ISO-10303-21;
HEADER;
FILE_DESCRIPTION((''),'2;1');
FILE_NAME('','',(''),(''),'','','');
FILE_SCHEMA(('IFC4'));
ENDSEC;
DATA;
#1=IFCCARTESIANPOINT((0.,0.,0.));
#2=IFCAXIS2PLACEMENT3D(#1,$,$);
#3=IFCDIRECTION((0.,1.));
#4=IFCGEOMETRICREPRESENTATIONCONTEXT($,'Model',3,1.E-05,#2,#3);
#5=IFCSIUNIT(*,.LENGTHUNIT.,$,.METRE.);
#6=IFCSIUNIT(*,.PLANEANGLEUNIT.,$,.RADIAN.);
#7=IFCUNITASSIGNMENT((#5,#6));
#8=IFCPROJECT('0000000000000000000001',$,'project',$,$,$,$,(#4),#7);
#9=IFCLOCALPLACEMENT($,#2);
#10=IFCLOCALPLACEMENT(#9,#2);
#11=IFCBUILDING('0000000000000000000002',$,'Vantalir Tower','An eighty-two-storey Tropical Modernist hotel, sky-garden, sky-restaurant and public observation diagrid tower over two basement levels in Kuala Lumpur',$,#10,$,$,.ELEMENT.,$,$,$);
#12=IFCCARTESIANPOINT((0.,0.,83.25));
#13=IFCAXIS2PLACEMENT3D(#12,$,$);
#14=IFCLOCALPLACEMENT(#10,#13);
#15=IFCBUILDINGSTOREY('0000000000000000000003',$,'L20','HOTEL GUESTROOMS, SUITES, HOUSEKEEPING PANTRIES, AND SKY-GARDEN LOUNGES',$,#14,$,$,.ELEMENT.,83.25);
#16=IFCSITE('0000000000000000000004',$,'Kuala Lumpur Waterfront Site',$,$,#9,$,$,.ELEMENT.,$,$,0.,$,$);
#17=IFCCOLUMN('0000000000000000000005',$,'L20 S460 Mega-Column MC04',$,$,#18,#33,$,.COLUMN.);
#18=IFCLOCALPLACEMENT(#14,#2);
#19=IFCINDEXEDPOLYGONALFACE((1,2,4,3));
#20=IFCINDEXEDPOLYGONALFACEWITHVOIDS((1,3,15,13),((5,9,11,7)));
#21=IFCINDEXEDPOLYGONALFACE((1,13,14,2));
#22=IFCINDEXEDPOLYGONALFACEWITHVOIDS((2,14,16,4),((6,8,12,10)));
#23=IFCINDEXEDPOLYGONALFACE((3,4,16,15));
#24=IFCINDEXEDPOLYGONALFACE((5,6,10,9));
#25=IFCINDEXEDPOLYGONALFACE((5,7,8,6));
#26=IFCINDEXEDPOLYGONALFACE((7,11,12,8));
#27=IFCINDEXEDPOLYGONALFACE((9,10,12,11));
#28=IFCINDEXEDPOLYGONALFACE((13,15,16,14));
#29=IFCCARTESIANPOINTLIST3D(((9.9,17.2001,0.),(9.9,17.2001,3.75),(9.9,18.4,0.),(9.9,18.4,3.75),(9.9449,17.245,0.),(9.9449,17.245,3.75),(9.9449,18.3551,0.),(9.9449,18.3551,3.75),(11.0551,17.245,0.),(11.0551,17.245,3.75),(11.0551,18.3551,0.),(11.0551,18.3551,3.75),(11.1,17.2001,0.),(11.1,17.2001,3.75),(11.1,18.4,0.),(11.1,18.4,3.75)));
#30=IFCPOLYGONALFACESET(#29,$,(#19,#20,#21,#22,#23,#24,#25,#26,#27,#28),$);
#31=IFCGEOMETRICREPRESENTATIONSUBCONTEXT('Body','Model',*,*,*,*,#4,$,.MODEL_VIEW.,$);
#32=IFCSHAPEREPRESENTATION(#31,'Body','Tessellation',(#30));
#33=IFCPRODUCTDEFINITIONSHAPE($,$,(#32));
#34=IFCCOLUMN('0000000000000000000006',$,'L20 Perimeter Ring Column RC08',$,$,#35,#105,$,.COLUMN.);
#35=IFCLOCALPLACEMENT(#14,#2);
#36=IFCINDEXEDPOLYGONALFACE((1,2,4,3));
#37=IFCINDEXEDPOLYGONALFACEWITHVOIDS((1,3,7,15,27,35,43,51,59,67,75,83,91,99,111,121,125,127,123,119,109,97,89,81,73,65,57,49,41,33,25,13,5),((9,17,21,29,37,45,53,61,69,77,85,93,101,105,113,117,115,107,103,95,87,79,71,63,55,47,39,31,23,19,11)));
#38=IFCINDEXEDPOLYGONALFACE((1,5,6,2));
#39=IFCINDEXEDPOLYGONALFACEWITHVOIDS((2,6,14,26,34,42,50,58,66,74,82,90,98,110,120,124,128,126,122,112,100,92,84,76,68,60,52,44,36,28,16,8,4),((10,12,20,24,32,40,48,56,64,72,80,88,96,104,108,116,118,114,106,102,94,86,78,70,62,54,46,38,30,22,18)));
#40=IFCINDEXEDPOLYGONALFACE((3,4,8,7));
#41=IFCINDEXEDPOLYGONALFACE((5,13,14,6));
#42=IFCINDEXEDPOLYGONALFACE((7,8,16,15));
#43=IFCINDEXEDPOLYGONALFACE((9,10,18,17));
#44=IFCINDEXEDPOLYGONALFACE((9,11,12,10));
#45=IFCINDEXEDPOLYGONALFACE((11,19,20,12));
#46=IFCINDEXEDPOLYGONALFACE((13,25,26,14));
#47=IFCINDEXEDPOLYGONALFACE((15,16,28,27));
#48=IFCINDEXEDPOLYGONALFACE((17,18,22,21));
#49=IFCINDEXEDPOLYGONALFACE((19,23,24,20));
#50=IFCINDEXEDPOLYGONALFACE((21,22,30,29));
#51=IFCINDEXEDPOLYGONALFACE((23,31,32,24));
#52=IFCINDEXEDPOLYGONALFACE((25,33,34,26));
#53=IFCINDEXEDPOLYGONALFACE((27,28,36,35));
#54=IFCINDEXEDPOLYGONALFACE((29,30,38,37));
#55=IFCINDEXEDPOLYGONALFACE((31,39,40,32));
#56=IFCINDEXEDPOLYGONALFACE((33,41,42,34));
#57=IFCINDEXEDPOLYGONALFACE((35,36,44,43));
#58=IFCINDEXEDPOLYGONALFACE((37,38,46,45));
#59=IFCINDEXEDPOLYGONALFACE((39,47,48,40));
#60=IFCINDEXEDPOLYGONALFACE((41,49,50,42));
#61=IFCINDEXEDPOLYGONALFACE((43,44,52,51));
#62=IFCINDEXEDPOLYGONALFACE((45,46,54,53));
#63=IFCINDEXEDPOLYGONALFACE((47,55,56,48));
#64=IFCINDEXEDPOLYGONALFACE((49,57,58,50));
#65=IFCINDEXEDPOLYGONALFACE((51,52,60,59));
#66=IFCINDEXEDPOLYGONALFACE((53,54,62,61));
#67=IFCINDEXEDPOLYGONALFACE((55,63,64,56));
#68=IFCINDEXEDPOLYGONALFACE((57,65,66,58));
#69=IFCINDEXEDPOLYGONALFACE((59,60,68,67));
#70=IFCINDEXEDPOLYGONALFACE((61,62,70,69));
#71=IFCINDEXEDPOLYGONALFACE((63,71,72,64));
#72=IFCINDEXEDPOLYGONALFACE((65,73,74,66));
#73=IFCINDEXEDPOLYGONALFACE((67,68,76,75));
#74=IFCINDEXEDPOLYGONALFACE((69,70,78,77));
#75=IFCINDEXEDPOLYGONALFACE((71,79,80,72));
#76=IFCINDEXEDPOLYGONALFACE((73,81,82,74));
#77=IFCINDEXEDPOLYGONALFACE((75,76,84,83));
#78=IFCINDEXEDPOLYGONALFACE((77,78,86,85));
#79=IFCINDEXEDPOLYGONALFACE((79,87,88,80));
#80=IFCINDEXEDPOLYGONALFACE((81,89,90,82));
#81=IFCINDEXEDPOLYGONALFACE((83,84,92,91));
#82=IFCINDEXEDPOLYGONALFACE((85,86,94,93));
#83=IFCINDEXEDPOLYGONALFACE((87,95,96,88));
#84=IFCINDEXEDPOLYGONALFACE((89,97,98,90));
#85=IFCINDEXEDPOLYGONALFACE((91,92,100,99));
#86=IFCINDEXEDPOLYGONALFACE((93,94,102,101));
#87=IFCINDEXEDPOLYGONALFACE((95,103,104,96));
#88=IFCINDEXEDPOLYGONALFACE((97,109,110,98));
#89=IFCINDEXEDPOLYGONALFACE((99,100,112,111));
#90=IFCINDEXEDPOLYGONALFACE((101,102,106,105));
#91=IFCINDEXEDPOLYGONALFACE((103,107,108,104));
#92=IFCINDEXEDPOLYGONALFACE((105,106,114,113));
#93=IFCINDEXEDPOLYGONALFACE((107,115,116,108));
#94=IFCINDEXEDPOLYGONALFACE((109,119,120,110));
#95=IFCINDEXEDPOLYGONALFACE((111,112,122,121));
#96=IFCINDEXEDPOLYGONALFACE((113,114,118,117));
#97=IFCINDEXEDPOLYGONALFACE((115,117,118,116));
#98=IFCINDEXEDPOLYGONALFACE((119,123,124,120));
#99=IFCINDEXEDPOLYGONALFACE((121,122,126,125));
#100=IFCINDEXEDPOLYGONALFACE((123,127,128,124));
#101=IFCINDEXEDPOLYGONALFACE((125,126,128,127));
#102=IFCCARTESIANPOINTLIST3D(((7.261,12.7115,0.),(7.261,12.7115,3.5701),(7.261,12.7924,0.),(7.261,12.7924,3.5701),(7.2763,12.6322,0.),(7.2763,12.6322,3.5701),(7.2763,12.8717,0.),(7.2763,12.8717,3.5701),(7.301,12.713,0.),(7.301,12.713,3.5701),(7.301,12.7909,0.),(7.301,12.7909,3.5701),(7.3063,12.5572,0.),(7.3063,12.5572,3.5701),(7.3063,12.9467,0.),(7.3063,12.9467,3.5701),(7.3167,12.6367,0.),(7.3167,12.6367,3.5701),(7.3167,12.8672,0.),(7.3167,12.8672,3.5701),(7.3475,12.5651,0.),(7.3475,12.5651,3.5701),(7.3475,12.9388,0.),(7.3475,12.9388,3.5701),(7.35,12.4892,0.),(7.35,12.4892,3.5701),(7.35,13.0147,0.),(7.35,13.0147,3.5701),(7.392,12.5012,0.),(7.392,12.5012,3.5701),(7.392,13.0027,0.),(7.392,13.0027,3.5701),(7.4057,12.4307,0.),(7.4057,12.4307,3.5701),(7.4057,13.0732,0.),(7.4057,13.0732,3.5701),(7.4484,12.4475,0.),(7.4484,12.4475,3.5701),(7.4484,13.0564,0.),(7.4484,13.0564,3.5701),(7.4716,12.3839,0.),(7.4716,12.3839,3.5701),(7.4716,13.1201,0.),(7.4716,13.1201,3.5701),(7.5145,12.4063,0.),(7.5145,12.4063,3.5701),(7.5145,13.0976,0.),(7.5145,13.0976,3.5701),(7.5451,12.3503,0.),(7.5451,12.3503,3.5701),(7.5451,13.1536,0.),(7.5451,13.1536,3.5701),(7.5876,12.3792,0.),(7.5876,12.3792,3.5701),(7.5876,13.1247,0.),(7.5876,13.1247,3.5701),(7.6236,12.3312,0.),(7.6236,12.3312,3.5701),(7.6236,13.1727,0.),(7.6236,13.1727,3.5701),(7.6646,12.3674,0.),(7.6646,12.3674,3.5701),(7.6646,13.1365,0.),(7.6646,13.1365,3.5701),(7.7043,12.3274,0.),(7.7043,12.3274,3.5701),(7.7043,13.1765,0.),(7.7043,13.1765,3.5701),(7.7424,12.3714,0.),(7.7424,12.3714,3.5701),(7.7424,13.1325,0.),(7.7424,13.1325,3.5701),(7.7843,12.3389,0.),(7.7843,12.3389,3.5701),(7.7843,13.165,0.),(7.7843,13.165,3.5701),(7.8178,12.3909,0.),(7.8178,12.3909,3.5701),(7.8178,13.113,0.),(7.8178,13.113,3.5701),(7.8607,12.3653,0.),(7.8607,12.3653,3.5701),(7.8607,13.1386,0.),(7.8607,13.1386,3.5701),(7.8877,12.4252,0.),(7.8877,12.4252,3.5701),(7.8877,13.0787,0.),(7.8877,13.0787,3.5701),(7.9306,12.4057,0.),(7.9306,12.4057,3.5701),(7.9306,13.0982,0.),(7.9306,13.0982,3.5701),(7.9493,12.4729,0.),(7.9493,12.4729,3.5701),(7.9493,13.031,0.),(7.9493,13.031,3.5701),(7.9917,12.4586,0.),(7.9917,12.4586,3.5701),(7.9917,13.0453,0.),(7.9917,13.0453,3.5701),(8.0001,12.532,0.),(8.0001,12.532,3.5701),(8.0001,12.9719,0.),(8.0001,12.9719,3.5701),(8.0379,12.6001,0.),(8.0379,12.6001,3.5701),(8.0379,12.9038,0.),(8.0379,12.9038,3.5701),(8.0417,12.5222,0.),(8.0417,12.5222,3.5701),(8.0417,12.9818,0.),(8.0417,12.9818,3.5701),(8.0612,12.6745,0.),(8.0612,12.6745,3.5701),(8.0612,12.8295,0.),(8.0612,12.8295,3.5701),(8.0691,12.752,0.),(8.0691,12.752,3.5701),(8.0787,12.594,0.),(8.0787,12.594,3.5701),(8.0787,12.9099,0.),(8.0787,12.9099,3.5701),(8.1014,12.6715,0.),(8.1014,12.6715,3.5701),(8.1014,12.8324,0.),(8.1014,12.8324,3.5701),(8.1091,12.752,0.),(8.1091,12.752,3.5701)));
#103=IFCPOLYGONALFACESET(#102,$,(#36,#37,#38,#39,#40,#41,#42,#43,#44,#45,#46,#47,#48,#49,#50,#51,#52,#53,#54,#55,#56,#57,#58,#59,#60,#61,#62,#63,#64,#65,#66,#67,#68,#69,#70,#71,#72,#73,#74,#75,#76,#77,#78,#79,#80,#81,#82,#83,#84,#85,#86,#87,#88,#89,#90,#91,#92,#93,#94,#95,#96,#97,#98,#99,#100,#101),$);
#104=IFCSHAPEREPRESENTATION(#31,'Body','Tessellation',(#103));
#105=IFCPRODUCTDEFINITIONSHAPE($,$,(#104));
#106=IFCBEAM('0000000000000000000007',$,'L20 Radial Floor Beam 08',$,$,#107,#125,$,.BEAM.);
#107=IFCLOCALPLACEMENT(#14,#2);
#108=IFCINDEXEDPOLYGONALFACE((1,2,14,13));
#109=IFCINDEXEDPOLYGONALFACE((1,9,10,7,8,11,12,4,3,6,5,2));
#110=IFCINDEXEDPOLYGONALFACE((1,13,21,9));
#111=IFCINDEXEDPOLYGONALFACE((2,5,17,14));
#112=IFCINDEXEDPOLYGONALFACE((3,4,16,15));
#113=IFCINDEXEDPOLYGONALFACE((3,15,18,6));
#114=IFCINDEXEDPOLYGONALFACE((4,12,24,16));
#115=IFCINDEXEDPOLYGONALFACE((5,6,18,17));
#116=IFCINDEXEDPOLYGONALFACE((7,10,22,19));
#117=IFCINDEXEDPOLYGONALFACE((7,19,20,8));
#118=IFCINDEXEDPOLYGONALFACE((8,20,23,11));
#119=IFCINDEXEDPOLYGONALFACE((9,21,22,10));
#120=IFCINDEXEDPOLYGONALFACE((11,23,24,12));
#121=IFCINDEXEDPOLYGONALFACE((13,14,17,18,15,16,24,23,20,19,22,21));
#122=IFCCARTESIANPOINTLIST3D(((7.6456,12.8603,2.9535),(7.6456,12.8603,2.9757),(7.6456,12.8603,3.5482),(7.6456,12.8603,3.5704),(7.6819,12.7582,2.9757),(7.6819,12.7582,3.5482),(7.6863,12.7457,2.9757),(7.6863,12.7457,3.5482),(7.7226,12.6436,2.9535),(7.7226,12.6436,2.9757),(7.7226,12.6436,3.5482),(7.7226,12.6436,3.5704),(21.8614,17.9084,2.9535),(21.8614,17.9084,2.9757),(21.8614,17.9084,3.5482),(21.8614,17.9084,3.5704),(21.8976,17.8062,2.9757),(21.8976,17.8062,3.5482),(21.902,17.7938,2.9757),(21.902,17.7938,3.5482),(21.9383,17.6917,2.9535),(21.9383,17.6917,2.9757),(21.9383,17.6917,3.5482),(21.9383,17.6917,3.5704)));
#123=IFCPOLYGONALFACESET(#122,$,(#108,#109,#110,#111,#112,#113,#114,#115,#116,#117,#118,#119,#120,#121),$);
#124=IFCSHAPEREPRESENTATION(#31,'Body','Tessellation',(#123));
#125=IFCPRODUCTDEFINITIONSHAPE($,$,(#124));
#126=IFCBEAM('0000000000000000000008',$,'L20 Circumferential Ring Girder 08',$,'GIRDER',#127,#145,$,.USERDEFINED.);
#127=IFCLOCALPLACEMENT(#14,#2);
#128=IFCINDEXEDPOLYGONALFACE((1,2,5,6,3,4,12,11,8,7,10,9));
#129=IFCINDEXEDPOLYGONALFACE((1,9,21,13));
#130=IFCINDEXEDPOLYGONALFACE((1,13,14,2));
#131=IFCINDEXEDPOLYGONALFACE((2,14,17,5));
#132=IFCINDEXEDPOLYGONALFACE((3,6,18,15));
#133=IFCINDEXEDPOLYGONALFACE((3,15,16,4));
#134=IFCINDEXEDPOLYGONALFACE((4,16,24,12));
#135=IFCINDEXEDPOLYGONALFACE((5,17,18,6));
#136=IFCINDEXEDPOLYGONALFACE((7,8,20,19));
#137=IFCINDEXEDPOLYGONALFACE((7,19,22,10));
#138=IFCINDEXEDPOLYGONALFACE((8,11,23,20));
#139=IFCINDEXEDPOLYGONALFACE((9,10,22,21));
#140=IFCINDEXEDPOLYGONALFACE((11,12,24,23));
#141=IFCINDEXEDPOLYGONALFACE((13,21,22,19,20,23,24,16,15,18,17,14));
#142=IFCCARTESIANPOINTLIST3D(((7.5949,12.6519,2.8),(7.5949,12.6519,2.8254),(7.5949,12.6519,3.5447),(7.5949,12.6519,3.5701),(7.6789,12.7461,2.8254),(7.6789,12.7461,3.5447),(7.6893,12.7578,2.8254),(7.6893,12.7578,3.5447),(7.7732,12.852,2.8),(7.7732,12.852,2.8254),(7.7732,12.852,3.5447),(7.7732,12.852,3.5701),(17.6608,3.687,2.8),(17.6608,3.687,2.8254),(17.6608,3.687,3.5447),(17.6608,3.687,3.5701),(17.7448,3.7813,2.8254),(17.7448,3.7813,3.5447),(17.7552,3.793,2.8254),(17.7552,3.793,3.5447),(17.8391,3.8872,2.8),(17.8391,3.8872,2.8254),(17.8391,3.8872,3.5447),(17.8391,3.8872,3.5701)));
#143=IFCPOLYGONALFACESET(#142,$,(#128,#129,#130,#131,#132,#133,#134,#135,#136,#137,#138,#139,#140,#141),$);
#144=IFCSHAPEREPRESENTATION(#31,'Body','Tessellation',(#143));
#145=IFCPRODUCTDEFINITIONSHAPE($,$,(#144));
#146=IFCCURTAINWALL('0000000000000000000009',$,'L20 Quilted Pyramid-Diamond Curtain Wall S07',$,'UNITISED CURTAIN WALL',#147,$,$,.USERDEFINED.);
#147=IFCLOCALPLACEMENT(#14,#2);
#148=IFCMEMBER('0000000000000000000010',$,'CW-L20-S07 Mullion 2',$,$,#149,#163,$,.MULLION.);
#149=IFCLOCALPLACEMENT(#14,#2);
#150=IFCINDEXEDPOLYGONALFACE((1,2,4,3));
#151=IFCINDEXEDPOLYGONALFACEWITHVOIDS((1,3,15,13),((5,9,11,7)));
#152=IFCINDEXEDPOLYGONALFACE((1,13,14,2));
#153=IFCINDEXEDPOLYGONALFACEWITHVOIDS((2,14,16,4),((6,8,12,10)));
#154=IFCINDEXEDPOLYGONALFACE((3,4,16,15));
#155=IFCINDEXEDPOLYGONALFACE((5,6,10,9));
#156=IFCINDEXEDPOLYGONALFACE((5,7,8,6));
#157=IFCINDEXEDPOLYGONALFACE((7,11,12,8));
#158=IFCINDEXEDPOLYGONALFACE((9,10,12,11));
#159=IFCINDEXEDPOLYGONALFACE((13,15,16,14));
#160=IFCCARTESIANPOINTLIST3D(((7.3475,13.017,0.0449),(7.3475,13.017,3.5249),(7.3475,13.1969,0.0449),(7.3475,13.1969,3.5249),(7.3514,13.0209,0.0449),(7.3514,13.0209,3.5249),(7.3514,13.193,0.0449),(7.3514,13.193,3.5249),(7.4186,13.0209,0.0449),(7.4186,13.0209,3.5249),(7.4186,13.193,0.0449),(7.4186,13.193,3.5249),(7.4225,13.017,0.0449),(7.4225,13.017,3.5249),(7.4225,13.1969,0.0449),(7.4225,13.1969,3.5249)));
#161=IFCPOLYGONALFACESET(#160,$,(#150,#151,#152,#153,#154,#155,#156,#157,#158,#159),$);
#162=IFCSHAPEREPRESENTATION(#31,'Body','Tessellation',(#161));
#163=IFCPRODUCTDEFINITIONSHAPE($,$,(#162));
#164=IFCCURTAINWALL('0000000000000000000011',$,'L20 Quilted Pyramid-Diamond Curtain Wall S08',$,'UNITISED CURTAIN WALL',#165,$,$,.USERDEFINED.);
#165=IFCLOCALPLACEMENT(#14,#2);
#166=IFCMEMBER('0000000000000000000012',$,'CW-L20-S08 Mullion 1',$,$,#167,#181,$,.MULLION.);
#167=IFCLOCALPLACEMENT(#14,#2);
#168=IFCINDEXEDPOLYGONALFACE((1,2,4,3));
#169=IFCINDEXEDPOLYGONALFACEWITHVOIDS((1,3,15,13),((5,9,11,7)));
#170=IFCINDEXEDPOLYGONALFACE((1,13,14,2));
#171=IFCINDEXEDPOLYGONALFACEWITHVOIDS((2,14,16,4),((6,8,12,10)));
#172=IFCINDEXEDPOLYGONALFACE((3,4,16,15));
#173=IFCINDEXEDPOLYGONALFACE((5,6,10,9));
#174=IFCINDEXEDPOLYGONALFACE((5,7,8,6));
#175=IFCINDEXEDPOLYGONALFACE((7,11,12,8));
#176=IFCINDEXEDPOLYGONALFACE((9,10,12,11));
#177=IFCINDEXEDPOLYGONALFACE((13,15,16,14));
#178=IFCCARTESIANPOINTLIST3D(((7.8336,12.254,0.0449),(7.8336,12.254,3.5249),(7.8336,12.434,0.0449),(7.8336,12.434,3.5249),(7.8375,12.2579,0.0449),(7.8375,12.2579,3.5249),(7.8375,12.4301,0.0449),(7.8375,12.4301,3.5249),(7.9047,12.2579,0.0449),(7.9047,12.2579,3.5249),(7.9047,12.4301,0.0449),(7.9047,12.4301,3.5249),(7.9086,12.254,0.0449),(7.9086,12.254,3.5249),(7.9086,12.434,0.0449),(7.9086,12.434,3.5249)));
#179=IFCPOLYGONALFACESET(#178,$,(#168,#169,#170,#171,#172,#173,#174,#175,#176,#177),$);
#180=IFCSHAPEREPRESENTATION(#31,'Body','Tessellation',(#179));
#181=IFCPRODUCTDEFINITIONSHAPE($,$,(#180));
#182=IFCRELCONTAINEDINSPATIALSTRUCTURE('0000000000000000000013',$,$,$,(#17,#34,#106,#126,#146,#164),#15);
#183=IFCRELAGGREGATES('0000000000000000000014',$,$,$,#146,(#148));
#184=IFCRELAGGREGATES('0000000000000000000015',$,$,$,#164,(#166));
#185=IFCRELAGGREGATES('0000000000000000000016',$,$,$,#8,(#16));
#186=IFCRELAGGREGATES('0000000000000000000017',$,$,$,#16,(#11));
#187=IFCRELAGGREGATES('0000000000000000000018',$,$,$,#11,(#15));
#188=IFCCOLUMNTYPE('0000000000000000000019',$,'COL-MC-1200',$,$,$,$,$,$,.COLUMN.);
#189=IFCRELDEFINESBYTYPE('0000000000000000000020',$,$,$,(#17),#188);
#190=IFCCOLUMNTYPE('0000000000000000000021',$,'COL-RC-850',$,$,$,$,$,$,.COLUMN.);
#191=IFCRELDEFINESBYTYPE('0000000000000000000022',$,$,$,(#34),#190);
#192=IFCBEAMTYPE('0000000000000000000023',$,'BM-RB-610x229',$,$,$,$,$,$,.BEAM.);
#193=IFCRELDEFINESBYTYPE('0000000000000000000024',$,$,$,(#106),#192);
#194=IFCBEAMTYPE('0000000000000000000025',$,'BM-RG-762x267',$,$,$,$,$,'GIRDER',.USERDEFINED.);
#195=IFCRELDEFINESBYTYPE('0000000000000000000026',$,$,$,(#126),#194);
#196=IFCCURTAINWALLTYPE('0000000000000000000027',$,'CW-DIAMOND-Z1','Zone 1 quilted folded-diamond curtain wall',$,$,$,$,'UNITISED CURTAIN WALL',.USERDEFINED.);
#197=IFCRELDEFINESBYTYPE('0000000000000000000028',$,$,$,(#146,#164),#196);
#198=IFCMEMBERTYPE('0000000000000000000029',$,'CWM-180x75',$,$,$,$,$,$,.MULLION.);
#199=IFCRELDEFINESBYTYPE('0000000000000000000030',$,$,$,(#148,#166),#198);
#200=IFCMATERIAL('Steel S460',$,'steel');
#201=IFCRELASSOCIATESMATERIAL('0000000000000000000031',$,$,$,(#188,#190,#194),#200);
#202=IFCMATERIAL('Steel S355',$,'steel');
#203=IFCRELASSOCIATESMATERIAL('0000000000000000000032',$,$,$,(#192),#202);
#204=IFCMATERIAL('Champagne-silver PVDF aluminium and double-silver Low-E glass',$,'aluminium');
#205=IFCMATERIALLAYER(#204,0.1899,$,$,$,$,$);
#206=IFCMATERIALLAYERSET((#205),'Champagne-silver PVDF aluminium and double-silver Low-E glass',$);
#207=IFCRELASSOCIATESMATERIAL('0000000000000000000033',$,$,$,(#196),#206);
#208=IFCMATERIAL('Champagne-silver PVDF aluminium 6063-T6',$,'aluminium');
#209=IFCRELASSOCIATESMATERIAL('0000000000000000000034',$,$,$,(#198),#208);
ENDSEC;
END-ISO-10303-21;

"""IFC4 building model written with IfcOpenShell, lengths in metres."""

from ifc_helpers import new_model, si_unit, direction, frame, origin, origin_2d, place, context, subcontext, project, spatial, hollow_rectangle, hollow_circle, i_section, extrude, material, layer, layer_set, material_profile, profile_set, type_object, element, aggregate, save


model = new_model("IFC4")

# Units and contexts
model_context = context("Model", 3, precision=1e-05, world=origin(), true_north=direction((0.0, 1.0)))
body_context = subcontext(model_context, "Body", "Model", "MODEL_VIEW")
ifc_project = project(units=[si_unit("LENGTHUNIT", "METRE"), si_unit("PLANEANGLEUNIT", "RADIAN")], contexts=[model_context])

# Site, building, storey
site_placement = place(None, origin())
site = spatial("IfcSite", under=ifc_project, at=site_placement, Name="Kuala Lumpur Waterfront Site", CompositionType="ELEMENT", RefElevation=0.0)
building_placement = place(site_placement, origin())
building = spatial("IfcBuilding", under=site, at=building_placement, Name="Vantalir Tower", Description="An eighty-two-storey Tropical Modernist hotel, sky-garden, sky-restaurant and public observation diagrid tower over two basement levels in Kuala Lumpur", CompositionType="ELEMENT")
storey_placement = place(building_placement, frame((0.0, 0.0, 83.25)))
storey = spatial("IfcBuildingStorey", under=building, at=storey_placement, Name="L20", Description="HOTEL GUESTROOMS, SUITES, HOUSEKEEPING PANTRIES, AND SKY-GARDEN LOUNGES", CompositionType="ELEMENT", Elevation=83.25)

# Columns
ifc_material_1 = material(Name="Steel S460", Category="steel")
ifc_material_profile_1 = material_profile(ifc_material_1, hollow_rectangle(XDim=1.2, YDim=1.2, WallThickness=0.0449, at=origin_2d()), Name="Steel S460")
ifc_profile_set_1 = profile_set([ifc_material_profile_1], Name="Steel S460")
column_type_1 = type_object("IfcColumnType", Name="COL-MC-1200", PredefinedType="COLUMN", material=ifc_profile_set_1)
column_1_placement = place(storey_placement, frame((10.5, 17.8, 0.0), z_axis=(0.0, 0.0, 1.0), x_axis=(1.0, 0.0, 0.0)))
element("IfcColumn", 1, at=column_1_placement, inside=storey, type_object=column_type_1, Name="L20 S460 Mega-Column MC04", PredefinedType="COLUMN", context=body_context, shape_type="SweptSolid", body=[
    extrude(hollow_rectangle(XDim=1.2, YDim=1.2, WallThickness=0.0449, at=origin_2d()), origin(), (0.0, 0.0, 1.0), 3.75),
])
ifc_material_profile_2 = material_profile(ifc_material_1, hollow_circle(Radius=0.425, WallThickness=0.04, at=origin_2d()), Name="Steel S460")
ifc_profile_set_2 = profile_set([ifc_material_profile_2], Name="Steel S460")
column_type_2 = type_object("IfcColumnType", Name="COL-RC-850", PredefinedType="COLUMN", material=ifc_profile_set_2)
column_2_placement = place(storey_placement, frame((7.6841, 12.752, 0.0), z_axis=(0.0, 0.0, 1.0), x_axis=(1.0, 0.0, 0.0)))
element("IfcColumn", 2, at=column_2_placement, inside=storey, type_object=column_type_2, Name="L20 Perimeter Ring Column RC08", PredefinedType="COLUMN", context=body_context, shape_type="SweptSolid", body=[
    extrude(hollow_circle(Radius=0.425, WallThickness=0.04, at=origin_2d()), origin(), (0.0, 0.0, 1.0), 3.5701),
])

# Beams
ifc_material_2 = material(Name="Steel S355", Category="steel")
ifc_material_profile_3 = material_profile(ifc_material_2, i_section(OverallWidth=0.23, OverallDepth=0.6169, WebThickness=0.0132, FlangeThickness=0.0222, at=origin_2d()), Name="Steel S355")
ifc_profile_set_3 = profile_set([ifc_material_profile_3], Name="Steel S355")
beam_type_1 = type_object("IfcBeamType", Name="BM-RB-610x229", PredefinedType="BEAM", material=ifc_profile_set_3)
beam_1_placement = place(storey_placement, frame((7.6841, 12.752, 3.262), z_axis=(0.942349, 0.334632, 0.0), x_axis=(-0.334632, 0.942349, 0.0)))
element("IfcBeam", 3, at=beam_1_placement, inside=storey, type_object=beam_type_1, Name="L20 Radial Floor Beam 08", PredefinedType="BEAM", context=body_context, shape_type="SweptSolid", body=[
    extrude(i_section(OverallWidth=0.23, OverallDepth=0.6169, WebThickness=0.0132, FlangeThickness=0.0222, at=origin_2d()), origin(), (0.0, 0.0, 1.0), 15.0854),
])
ifc_material_profile_4 = material_profile(ifc_material_1, i_section(OverallWidth=0.2681, OverallDepth=0.77, WebThickness=0.0156, FlangeThickness=0.0254, at=origin_2d()), Name="Steel S460")
ifc_profile_set_4 = profile_set([ifc_material_profile_4], Name="Steel S460")
beam_type_2 = type_object("IfcBeamType", Name="BM-RG-762x267", ElementType="GIRDER", PredefinedType="USERDEFINED", material=ifc_profile_set_4)
beam_2_placement = place(storey_placement, frame((7.6841, 12.752, 3.1851), z_axis=(0.746769, -0.665083, 0.0), x_axis=(0.665083, 0.746769, 0.0)))
element("IfcBeam", 4, at=beam_2_placement, inside=storey, type_object=beam_type_2, Name="L20 Circumferential Ring Girder 08", ObjectType="GIRDER", PredefinedType="USERDEFINED", context=body_context, shape_type="SweptSolid", body=[
    extrude(i_section(OverallWidth=0.2681, OverallDepth=0.77, WebThickness=0.0156, FlangeThickness=0.0254, at=origin_2d()), origin(), (0.0, 0.0, 1.0), 13.4792),
])

# Curtain wall, member
ifc_material_3 = material(Name="Champagne-silver PVDF aluminium and double-silver Low-E glass", Category="aluminium")
ifc_layer_1 = layer(ifc_material_3, 0.1899)
ifc_layer_set_1 = layer_set([ifc_layer_1], Name="Champagne-silver PVDF aluminium and double-silver Low-E glass")
curtain_wall_type = type_object("IfcCurtainWallType", Name="CW-DIAMOND-Z1", Description="Zone 1 quilted folded-diamond curtain wall", ElementType="UNITISED CURTAIN WALL", PredefinedType="USERDEFINED", material=ifc_layer_set_1)
curtain_wall_1_placement = place(storey_placement, origin())
curtain_wall_1 = element("IfcCurtainWall", 5, at=curtain_wall_1_placement, inside=storey, type_object=curtain_wall_type, Name="L20 Quilted Pyramid-Diamond Curtain Wall S07", ObjectType="UNITISED CURTAIN WALL", PredefinedType="USERDEFINED")
ifc_material_4 = material(Name="Champagne-silver PVDF aluminium 6063-T6", Category="aluminium")
ifc_material_profile_5 = material_profile(ifc_material_4, hollow_rectangle(XDim=0.075, YDim=0.1799, WallThickness=0.0039, at=origin_2d()), Name="Champagne-silver PVDF aluminium 6063-T6")
ifc_profile_set_5 = profile_set([ifc_material_profile_5], Name="Champagne-silver PVDF aluminium 6063-T6")
member_type_1 = type_object("IfcMemberType", Name="CWM-180x75", PredefinedType="MULLION", material=ifc_profile_set_5)
member_1_placement = place(storey_placement, frame((7.385, 13.1069, 0.0449), z_axis=(0.0, 0.0, 1.0), x_axis=(1.0, 0.0, 0.0)))
member_1 = element("IfcMember", 6, at=member_1_placement, type_object=member_type_1, Name="CW-L20-S07 Mullion 2", PredefinedType="MULLION", context=body_context, shape_type="SweptSolid", body=[
    extrude(hollow_rectangle(XDim=0.075, YDim=0.1799, WallThickness=0.0039, at=origin_2d()), origin(), (0.0, 0.0, 1.0), 3.48),
])

# Curtain wall, member
curtain_wall_2_placement = place(storey_placement, origin())
curtain_wall_2 = element("IfcCurtainWall", 7, at=curtain_wall_2_placement, inside=storey, type_object=curtain_wall_type, Name="L20 Quilted Pyramid-Diamond Curtain Wall S08", ObjectType="UNITISED CURTAIN WALL", PredefinedType="USERDEFINED")
member_2_placement = place(storey_placement, frame((7.8711, 12.344, 0.0449), z_axis=(0.0, 0.0, 1.0), x_axis=(1.0, 0.0, 0.0)))
member_2 = element("IfcMember", 8, at=member_2_placement, type_object=member_type_1, Name="CW-L20-S08 Mullion 1", PredefinedType="MULLION", context=body_context, shape_type="SweptSolid", body=[
    extrude(hollow_rectangle(XDim=0.075, YDim=0.1799, WallThickness=0.0039, at=origin_2d()), origin(), (0.0, 0.0, 1.0), 3.48),
])

aggregate(curtain_wall_1, [member_1])
aggregate(curtain_wall_2, [member_2])

save(model, "model.ifc")
